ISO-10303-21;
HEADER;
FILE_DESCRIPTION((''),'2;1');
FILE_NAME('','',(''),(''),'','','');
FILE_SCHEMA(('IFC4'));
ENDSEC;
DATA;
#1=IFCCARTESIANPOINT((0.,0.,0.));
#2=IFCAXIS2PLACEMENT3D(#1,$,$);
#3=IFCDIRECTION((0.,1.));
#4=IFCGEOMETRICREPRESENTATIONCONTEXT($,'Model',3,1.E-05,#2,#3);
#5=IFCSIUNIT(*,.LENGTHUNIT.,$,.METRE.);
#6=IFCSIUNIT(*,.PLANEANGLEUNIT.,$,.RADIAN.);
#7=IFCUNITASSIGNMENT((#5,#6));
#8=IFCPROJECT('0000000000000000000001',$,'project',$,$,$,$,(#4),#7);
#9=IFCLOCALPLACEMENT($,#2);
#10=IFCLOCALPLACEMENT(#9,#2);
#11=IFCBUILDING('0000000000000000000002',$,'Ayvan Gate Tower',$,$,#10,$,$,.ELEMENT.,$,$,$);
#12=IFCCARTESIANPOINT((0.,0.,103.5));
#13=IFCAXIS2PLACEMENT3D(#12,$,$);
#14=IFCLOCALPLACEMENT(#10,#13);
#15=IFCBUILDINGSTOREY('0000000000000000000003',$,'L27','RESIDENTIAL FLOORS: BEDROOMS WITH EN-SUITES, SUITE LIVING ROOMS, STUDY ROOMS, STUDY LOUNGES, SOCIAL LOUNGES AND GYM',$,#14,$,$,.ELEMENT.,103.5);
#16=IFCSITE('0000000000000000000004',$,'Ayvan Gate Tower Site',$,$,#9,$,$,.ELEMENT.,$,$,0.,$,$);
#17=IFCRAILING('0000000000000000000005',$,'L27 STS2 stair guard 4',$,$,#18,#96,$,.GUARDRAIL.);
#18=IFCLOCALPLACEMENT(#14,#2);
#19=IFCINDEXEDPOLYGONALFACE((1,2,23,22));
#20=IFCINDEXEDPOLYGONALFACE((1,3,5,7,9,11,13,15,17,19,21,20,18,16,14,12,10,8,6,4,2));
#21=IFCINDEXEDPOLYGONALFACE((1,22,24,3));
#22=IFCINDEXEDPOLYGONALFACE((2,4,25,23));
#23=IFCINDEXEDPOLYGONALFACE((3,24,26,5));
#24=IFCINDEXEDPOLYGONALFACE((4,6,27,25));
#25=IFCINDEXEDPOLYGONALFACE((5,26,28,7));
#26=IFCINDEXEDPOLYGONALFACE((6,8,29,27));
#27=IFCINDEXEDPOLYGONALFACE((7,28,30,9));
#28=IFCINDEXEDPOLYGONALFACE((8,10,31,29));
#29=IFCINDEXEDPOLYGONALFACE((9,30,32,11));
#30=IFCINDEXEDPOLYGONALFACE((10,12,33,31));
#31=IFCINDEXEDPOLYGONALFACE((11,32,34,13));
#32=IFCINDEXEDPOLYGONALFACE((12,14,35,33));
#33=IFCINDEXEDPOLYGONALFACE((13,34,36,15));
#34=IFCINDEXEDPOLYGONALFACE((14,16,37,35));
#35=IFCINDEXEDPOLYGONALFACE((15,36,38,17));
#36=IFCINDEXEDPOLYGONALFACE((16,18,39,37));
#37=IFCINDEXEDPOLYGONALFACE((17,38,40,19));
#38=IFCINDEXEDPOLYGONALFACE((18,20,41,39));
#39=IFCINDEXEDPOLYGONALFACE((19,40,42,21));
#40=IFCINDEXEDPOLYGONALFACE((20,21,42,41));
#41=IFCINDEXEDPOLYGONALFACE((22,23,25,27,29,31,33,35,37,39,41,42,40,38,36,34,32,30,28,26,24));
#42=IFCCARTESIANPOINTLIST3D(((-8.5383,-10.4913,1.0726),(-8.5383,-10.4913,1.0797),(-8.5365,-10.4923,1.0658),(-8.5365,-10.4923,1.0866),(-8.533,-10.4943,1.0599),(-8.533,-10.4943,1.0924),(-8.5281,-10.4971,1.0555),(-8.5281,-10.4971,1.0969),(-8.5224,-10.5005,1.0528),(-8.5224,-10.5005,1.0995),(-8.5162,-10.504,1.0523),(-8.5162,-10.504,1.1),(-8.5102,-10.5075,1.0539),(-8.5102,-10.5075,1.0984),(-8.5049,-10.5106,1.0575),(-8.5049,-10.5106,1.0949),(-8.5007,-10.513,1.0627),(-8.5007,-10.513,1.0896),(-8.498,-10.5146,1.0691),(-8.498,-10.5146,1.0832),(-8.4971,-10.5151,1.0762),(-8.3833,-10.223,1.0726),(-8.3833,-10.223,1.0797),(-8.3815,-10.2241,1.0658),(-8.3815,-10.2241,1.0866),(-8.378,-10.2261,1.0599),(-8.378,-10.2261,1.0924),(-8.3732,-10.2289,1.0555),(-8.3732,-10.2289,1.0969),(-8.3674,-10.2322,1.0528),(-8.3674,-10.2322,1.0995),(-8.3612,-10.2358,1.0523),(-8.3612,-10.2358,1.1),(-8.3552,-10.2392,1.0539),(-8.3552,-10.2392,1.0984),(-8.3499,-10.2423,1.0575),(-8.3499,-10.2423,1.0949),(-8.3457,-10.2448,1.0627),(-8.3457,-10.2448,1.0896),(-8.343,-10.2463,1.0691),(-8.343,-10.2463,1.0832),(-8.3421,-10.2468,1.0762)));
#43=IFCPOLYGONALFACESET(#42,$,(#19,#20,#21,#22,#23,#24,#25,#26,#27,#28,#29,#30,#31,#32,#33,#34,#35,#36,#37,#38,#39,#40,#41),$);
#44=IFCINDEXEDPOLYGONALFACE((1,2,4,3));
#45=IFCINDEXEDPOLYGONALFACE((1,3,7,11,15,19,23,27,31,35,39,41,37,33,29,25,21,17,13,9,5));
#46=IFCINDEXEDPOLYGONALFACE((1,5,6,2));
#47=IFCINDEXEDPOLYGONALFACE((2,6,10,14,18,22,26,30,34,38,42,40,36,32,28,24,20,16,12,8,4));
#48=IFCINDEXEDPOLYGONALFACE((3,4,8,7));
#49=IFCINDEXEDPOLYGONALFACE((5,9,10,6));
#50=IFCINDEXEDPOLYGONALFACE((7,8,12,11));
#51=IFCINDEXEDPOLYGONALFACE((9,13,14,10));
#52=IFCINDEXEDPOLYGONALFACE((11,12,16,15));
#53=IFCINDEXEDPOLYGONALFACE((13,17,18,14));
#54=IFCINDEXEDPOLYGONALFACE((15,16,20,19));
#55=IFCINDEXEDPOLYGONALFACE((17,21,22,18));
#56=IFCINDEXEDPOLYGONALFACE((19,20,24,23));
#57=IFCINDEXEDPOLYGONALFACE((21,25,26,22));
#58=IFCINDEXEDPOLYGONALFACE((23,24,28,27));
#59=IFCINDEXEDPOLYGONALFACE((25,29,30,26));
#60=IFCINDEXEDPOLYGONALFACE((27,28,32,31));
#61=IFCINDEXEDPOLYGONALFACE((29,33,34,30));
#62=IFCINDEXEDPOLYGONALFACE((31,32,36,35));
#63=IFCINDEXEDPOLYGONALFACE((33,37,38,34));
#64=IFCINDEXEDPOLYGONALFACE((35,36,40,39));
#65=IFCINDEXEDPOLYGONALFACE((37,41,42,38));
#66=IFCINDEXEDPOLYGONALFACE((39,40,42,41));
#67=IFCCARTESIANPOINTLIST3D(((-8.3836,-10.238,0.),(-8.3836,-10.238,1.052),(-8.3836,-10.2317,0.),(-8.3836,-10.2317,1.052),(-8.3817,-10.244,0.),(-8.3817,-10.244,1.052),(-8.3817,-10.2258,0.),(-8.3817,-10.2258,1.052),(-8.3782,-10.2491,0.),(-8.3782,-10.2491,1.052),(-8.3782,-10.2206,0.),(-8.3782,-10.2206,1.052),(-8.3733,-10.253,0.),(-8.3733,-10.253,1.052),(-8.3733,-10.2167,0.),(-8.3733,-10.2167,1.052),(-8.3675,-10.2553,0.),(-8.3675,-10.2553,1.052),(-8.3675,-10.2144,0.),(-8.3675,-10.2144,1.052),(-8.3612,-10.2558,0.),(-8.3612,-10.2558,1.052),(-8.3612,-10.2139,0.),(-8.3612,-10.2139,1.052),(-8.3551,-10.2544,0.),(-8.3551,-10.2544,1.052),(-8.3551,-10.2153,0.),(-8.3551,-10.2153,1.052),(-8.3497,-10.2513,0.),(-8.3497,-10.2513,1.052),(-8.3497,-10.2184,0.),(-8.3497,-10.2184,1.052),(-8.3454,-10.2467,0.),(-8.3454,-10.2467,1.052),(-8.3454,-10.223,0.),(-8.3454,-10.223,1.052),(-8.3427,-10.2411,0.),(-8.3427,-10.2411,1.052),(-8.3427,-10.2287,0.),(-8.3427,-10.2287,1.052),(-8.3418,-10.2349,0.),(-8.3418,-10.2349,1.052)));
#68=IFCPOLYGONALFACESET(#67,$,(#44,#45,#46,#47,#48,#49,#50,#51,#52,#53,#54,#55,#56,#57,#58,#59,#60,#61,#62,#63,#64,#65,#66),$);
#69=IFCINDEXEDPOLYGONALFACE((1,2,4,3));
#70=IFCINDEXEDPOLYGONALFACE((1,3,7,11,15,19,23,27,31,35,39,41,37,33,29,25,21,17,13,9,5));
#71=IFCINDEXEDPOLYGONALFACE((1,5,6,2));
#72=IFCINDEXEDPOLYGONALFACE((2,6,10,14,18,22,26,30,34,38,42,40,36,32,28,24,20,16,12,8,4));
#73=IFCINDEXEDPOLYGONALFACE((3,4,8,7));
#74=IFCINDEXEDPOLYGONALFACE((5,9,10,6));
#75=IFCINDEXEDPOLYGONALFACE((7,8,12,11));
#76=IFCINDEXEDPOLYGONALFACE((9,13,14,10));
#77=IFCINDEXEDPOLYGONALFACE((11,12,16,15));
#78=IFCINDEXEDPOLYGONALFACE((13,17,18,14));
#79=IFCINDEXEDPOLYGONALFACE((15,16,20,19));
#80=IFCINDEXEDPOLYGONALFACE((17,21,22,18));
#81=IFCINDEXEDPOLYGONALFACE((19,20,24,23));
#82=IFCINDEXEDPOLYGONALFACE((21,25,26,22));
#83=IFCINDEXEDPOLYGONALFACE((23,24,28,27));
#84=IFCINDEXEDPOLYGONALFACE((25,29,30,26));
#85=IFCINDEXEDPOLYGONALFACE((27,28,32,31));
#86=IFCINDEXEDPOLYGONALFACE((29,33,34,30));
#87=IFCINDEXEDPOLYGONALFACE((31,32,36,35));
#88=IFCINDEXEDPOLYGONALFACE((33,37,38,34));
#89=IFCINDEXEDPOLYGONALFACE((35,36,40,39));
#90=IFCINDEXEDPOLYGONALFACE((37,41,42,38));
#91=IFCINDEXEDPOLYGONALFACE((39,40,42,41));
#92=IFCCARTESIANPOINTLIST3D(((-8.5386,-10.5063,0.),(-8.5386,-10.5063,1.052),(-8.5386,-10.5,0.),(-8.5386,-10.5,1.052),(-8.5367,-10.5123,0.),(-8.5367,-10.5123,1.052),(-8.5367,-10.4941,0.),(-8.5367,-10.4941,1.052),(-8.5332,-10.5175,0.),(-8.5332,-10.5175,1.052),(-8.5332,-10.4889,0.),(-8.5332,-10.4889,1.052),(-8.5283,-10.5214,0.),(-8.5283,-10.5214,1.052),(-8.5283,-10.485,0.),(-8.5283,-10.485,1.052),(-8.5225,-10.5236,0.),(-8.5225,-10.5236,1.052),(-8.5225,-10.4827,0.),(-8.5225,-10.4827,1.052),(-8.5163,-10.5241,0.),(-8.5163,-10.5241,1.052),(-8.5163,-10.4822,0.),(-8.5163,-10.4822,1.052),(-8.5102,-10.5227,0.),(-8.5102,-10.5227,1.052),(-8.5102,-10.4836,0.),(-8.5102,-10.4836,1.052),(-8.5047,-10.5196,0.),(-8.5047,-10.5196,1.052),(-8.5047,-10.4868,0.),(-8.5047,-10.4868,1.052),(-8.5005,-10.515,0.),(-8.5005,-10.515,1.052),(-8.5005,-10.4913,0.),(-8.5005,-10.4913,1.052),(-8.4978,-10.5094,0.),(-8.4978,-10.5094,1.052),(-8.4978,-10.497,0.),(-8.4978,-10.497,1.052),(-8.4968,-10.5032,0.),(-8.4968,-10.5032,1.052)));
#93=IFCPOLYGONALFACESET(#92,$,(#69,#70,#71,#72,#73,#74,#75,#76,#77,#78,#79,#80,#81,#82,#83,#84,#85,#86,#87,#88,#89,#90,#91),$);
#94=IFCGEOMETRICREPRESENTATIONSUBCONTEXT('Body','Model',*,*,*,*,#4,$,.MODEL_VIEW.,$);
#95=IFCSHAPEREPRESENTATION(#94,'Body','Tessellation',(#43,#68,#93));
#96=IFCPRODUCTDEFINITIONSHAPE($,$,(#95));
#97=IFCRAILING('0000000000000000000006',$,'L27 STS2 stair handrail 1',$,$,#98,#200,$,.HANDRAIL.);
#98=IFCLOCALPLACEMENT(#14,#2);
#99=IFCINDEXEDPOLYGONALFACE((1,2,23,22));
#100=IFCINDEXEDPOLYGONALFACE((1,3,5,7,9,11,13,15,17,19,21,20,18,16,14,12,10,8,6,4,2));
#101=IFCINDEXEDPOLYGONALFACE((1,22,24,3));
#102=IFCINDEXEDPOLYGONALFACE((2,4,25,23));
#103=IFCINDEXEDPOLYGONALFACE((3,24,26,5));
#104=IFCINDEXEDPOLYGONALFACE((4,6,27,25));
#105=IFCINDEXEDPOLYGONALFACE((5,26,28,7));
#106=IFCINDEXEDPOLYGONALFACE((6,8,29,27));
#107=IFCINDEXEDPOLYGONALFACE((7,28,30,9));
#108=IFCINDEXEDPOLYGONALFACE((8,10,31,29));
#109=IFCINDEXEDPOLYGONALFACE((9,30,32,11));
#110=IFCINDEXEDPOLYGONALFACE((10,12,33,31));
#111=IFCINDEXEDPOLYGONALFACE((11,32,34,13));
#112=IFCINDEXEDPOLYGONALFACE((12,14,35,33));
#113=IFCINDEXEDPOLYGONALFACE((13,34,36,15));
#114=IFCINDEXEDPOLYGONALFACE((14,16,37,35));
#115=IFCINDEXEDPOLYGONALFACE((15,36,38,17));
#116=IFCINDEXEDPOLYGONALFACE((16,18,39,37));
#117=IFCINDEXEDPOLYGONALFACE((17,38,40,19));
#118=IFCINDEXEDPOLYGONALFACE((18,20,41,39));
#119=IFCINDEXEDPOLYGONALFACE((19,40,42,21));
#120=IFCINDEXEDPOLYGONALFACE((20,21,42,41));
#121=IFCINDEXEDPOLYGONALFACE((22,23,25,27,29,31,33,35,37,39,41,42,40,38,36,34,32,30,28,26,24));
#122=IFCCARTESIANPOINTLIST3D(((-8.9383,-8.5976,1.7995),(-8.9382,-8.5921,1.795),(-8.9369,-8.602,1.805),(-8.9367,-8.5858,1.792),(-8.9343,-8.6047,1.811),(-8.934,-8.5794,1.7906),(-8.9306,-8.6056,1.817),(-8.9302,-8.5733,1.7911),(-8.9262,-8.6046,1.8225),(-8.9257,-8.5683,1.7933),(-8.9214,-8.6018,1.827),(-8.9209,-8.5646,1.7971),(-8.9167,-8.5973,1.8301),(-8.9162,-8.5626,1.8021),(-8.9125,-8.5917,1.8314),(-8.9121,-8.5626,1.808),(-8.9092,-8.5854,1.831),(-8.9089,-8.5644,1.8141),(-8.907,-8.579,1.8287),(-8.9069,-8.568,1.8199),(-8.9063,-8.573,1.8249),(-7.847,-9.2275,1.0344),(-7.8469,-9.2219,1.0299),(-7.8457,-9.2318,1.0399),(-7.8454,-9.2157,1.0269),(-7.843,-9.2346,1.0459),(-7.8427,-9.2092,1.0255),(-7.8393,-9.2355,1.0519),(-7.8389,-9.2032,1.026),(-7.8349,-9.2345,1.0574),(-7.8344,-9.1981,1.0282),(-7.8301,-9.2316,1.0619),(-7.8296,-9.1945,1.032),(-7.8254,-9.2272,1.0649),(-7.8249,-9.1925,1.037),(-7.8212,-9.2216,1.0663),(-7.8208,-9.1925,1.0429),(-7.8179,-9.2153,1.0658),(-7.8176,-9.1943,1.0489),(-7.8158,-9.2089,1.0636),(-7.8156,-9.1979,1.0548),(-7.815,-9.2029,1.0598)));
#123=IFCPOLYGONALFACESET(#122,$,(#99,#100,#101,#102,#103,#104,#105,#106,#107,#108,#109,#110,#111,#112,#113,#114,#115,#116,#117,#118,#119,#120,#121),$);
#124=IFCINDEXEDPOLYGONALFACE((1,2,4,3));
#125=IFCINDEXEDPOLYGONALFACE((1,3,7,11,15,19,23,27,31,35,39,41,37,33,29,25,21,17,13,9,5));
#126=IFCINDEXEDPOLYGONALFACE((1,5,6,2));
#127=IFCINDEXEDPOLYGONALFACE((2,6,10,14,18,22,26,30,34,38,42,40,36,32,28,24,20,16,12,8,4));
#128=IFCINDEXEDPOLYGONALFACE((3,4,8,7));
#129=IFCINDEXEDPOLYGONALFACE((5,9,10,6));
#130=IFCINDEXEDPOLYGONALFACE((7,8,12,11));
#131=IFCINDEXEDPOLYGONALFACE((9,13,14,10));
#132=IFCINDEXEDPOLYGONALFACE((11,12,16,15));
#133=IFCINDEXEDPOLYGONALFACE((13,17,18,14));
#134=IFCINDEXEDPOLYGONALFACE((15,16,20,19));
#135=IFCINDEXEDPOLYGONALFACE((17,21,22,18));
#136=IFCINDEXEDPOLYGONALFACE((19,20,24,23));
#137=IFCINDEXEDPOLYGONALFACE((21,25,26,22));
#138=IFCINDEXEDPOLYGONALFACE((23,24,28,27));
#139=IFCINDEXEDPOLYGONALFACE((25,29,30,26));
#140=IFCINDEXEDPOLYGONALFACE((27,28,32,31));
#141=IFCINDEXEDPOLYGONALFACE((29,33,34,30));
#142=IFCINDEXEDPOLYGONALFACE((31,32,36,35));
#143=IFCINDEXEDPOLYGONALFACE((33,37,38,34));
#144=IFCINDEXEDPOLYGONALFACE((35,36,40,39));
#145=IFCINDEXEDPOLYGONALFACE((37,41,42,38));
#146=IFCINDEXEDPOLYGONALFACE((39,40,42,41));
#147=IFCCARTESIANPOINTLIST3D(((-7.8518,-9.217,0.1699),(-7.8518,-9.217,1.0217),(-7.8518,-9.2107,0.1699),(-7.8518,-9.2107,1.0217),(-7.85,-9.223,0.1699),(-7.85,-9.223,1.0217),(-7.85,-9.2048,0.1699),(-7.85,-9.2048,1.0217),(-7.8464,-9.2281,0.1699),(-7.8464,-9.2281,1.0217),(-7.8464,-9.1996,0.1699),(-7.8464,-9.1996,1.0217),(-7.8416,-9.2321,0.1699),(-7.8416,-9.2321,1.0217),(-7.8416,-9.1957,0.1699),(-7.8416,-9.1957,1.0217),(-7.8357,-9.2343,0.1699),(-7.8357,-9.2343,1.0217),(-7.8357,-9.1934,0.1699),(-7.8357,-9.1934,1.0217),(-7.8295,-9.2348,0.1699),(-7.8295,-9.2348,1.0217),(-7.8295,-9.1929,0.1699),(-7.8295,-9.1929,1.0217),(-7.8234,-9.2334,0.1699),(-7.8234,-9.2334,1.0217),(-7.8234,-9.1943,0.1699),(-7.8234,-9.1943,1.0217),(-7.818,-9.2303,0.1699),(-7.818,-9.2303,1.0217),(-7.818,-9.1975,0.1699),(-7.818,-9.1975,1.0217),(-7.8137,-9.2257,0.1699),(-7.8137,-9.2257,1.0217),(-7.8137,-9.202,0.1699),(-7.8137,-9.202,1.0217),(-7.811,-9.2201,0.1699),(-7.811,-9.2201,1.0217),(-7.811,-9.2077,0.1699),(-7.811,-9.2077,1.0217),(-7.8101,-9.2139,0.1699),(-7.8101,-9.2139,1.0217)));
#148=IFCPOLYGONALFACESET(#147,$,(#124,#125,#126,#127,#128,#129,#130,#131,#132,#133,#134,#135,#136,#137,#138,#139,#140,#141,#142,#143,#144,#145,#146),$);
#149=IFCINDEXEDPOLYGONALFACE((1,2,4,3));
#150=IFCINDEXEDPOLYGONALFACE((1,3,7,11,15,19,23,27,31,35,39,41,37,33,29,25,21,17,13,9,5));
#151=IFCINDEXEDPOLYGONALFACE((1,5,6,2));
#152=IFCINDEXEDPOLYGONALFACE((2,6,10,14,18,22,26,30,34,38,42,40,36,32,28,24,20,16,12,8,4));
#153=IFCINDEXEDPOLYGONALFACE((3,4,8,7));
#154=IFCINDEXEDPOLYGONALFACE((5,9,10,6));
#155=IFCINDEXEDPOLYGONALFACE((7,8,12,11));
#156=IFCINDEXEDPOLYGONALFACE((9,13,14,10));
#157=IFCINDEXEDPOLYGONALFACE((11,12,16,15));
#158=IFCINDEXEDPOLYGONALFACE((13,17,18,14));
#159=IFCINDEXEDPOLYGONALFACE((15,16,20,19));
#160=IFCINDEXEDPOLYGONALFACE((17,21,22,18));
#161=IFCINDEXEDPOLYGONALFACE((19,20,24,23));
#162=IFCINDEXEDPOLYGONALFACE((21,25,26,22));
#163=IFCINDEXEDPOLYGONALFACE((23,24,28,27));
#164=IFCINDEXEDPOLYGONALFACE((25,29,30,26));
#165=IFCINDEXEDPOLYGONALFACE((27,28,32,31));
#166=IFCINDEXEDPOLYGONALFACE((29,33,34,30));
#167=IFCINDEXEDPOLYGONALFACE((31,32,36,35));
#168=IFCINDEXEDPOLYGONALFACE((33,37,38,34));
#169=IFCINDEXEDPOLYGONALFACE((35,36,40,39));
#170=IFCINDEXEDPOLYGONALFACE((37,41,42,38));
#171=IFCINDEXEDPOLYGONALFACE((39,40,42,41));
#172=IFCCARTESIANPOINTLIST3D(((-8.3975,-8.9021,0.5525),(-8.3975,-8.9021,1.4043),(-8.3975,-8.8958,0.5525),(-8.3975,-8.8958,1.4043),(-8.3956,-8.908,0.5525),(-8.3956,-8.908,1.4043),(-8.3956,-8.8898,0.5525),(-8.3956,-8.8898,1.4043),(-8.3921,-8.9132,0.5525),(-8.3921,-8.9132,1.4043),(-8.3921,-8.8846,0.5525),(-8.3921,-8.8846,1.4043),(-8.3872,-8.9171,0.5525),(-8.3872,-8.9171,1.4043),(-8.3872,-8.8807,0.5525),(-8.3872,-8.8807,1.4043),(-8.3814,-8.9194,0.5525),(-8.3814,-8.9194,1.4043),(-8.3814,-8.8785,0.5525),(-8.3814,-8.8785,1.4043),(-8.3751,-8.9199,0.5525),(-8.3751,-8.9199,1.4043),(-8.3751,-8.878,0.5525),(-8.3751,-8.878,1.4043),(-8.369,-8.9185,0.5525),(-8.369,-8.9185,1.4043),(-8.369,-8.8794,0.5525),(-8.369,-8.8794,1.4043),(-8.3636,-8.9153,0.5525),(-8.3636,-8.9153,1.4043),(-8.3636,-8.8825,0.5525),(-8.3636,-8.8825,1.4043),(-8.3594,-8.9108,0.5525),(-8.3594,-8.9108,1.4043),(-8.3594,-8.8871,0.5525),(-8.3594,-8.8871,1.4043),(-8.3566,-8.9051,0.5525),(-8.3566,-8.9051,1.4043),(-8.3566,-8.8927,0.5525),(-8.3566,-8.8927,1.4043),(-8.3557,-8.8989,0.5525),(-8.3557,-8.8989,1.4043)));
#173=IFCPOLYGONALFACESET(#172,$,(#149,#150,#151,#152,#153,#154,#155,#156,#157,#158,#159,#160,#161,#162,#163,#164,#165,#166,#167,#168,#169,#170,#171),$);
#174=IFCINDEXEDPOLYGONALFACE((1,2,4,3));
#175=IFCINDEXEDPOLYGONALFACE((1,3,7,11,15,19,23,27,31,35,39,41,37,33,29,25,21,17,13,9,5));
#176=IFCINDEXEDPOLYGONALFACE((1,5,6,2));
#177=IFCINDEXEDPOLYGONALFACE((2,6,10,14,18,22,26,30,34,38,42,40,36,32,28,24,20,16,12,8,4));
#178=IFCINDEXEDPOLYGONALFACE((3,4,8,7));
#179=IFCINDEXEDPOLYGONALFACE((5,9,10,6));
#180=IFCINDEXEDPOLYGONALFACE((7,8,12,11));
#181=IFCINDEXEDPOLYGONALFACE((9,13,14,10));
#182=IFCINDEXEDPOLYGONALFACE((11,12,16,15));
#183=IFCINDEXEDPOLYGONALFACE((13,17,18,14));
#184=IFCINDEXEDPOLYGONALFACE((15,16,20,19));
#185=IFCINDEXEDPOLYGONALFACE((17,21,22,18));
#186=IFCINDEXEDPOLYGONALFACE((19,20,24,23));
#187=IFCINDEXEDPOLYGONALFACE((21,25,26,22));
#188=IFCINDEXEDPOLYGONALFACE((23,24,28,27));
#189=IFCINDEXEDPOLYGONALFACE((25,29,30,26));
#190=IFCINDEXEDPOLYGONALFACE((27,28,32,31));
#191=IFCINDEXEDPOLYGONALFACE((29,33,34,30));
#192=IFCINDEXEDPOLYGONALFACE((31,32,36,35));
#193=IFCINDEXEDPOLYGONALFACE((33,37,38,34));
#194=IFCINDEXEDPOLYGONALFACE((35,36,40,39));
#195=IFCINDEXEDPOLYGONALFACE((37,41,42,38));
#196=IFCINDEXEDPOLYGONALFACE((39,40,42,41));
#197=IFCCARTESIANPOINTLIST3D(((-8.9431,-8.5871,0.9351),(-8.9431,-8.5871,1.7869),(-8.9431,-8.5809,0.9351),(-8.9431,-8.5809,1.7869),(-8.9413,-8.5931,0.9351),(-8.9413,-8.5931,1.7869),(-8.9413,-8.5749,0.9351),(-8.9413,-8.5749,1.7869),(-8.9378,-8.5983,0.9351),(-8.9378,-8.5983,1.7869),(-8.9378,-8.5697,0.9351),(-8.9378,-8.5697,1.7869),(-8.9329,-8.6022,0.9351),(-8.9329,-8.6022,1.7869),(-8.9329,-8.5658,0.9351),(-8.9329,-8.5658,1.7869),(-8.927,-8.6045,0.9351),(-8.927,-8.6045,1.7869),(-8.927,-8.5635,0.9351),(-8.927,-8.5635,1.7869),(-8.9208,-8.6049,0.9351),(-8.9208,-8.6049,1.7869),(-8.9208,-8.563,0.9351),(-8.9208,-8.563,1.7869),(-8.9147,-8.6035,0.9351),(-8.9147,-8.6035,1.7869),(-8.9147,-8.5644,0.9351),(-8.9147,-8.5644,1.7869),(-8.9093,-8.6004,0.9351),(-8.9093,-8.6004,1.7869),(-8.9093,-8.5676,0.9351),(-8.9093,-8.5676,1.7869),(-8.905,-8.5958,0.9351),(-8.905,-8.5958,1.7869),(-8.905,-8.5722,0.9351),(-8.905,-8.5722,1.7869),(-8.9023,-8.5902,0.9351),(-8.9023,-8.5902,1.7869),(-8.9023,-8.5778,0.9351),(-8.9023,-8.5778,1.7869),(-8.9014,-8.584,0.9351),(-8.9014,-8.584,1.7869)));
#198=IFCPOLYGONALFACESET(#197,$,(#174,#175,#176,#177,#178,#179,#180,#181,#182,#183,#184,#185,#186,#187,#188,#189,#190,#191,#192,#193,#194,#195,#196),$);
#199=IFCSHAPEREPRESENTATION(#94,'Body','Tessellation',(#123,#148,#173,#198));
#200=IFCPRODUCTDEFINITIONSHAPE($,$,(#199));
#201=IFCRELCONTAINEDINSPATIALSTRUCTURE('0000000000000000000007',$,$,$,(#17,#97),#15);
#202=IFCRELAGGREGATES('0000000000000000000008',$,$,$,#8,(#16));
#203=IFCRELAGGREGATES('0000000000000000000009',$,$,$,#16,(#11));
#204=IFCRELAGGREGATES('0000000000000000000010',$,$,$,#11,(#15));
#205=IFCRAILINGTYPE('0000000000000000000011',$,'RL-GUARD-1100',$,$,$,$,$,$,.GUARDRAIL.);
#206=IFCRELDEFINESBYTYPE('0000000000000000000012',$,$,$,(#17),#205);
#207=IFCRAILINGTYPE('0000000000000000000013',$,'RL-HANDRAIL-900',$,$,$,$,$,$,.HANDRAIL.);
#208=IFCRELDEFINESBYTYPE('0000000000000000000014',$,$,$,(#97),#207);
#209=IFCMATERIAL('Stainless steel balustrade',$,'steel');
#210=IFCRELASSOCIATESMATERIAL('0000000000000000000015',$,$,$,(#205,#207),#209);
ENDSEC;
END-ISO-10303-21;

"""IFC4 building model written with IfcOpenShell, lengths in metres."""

from ifc_helpers import new_model, si_unit, direction, frame, origin, origin_2d, place, context, subcontext, project, spatial, circle, extrude, material, type_object, element, save


model = new_model("IFC4")

# Units and contexts
model_context = context("Model", 3, precision=1e-05, world=origin(), true_north=direction((0.0, 1.0)))
body_context = subcontext(model_context, "Body", "Model", "MODEL_VIEW")
ifc_project = project(units=[si_unit("LENGTHUNIT", "METRE"), si_unit("PLANEANGLEUNIT", "RADIAN")], contexts=[model_context])

# Site, building, storey
site_placement = place(None, origin())
site = spatial("IfcSite", under=ifc_project, at=site_placement, Name="Ayvan Gate Tower Site", CompositionType="ELEMENT", RefElevation=0.0)
building_placement = place(site_placement, origin())
building = spatial("IfcBuilding", under=site, at=building_placement, Name="Ayvan Gate Tower", CompositionType="ELEMENT")
storey_placement = place(building_placement, frame((0.0, 0.0, 103.5)))
storey = spatial("IfcBuildingStorey", under=building, at=storey_placement, Name="L27", Description="RESIDENTIAL FLOORS: BEDROOMS WITH EN-SUITES, SUITE LIVING ROOMS, STUDY ROOMS, STUDY LOUNGES, SOCIAL LOUNGES AND GYM", CompositionType="ELEMENT", Elevation=103.5)

# Railings
ifc_material_1 = material(Name="Stainless steel balustrade", Category="steel")
railing_type_1 = type_object("IfcRailingType", Name="RL-GUARD-1100", PredefinedType="GUARDRAIL", material=ifc_material_1)
railing_1_placement = place(storey_placement, frame((-8.3628, -10.2349, 0.0)))
element("IfcRailing", 1, at=railing_1_placement, inside=storey, type_object=railing_type_1, Name="L27 STS2 stair guard 4", PredefinedType="GUARDRAIL", context=body_context, shape_type="SweptSolid", body=[
    extrude(circle(Radius=0.0239, at=origin_2d()), frame((0.0, 0.0, 1.0762), z_axis=(-0.500291, -0.865857, 0.0), x_axis=(0.865857, -0.500291, 0.0)), (0.0, 0.0, 1.0), 0.3098),
    extrude(circle(Radius=0.021, at=origin_2d()), origin(), (0.0, 0.0, 1.0), 1.052),
    extrude(circle(Radius=0.021, at=origin_2d()), frame((-0.155, -0.2683, 0.0)), (0.0, 0.0, 1.0), 1.052),
])
railing_type_2 = type_object("IfcRailingType", Name="RL-HANDRAIL-900", PredefinedType="HANDRAIL", material=ifc_material_1)
railing_2_placement = place(storey_placement, frame((-7.8311, -9.2139, 0.1699)))
element("IfcRailing", 2, at=railing_2_placement, inside=storey, type_object=railing_type_2, Name="L27 STS2 stair handrail 1", PredefinedType="HANDRAIL", context=body_context, shape_type="SweptSolid", body=[
    extrude(circle(Radius=0.0239, at=origin_2d()), frame((0.0, 0.0, 0.876), z_axis=(-0.740293, 0.427283, 0.519033), x_axis=(-0.49989, -0.866089, 0.0)), (0.0, 0.0, 1.0), 1.4741),
    extrude(circle(Radius=0.021, at=origin_2d()), origin(), (0.0, 0.0, 1.0), 0.8518),
    extrude(circle(Radius=0.021, at=origin_2d()), frame((-0.5457, 0.3149, 0.3826)), (0.0, 0.0, 1.0), 0.8518),
    extrude(circle(Radius=0.021, at=origin_2d()), frame((-1.0913, 0.6299, 0.7651)), (0.0, 0.0, 1.0), 0.8518),
])

save(model, "model.ifc")
